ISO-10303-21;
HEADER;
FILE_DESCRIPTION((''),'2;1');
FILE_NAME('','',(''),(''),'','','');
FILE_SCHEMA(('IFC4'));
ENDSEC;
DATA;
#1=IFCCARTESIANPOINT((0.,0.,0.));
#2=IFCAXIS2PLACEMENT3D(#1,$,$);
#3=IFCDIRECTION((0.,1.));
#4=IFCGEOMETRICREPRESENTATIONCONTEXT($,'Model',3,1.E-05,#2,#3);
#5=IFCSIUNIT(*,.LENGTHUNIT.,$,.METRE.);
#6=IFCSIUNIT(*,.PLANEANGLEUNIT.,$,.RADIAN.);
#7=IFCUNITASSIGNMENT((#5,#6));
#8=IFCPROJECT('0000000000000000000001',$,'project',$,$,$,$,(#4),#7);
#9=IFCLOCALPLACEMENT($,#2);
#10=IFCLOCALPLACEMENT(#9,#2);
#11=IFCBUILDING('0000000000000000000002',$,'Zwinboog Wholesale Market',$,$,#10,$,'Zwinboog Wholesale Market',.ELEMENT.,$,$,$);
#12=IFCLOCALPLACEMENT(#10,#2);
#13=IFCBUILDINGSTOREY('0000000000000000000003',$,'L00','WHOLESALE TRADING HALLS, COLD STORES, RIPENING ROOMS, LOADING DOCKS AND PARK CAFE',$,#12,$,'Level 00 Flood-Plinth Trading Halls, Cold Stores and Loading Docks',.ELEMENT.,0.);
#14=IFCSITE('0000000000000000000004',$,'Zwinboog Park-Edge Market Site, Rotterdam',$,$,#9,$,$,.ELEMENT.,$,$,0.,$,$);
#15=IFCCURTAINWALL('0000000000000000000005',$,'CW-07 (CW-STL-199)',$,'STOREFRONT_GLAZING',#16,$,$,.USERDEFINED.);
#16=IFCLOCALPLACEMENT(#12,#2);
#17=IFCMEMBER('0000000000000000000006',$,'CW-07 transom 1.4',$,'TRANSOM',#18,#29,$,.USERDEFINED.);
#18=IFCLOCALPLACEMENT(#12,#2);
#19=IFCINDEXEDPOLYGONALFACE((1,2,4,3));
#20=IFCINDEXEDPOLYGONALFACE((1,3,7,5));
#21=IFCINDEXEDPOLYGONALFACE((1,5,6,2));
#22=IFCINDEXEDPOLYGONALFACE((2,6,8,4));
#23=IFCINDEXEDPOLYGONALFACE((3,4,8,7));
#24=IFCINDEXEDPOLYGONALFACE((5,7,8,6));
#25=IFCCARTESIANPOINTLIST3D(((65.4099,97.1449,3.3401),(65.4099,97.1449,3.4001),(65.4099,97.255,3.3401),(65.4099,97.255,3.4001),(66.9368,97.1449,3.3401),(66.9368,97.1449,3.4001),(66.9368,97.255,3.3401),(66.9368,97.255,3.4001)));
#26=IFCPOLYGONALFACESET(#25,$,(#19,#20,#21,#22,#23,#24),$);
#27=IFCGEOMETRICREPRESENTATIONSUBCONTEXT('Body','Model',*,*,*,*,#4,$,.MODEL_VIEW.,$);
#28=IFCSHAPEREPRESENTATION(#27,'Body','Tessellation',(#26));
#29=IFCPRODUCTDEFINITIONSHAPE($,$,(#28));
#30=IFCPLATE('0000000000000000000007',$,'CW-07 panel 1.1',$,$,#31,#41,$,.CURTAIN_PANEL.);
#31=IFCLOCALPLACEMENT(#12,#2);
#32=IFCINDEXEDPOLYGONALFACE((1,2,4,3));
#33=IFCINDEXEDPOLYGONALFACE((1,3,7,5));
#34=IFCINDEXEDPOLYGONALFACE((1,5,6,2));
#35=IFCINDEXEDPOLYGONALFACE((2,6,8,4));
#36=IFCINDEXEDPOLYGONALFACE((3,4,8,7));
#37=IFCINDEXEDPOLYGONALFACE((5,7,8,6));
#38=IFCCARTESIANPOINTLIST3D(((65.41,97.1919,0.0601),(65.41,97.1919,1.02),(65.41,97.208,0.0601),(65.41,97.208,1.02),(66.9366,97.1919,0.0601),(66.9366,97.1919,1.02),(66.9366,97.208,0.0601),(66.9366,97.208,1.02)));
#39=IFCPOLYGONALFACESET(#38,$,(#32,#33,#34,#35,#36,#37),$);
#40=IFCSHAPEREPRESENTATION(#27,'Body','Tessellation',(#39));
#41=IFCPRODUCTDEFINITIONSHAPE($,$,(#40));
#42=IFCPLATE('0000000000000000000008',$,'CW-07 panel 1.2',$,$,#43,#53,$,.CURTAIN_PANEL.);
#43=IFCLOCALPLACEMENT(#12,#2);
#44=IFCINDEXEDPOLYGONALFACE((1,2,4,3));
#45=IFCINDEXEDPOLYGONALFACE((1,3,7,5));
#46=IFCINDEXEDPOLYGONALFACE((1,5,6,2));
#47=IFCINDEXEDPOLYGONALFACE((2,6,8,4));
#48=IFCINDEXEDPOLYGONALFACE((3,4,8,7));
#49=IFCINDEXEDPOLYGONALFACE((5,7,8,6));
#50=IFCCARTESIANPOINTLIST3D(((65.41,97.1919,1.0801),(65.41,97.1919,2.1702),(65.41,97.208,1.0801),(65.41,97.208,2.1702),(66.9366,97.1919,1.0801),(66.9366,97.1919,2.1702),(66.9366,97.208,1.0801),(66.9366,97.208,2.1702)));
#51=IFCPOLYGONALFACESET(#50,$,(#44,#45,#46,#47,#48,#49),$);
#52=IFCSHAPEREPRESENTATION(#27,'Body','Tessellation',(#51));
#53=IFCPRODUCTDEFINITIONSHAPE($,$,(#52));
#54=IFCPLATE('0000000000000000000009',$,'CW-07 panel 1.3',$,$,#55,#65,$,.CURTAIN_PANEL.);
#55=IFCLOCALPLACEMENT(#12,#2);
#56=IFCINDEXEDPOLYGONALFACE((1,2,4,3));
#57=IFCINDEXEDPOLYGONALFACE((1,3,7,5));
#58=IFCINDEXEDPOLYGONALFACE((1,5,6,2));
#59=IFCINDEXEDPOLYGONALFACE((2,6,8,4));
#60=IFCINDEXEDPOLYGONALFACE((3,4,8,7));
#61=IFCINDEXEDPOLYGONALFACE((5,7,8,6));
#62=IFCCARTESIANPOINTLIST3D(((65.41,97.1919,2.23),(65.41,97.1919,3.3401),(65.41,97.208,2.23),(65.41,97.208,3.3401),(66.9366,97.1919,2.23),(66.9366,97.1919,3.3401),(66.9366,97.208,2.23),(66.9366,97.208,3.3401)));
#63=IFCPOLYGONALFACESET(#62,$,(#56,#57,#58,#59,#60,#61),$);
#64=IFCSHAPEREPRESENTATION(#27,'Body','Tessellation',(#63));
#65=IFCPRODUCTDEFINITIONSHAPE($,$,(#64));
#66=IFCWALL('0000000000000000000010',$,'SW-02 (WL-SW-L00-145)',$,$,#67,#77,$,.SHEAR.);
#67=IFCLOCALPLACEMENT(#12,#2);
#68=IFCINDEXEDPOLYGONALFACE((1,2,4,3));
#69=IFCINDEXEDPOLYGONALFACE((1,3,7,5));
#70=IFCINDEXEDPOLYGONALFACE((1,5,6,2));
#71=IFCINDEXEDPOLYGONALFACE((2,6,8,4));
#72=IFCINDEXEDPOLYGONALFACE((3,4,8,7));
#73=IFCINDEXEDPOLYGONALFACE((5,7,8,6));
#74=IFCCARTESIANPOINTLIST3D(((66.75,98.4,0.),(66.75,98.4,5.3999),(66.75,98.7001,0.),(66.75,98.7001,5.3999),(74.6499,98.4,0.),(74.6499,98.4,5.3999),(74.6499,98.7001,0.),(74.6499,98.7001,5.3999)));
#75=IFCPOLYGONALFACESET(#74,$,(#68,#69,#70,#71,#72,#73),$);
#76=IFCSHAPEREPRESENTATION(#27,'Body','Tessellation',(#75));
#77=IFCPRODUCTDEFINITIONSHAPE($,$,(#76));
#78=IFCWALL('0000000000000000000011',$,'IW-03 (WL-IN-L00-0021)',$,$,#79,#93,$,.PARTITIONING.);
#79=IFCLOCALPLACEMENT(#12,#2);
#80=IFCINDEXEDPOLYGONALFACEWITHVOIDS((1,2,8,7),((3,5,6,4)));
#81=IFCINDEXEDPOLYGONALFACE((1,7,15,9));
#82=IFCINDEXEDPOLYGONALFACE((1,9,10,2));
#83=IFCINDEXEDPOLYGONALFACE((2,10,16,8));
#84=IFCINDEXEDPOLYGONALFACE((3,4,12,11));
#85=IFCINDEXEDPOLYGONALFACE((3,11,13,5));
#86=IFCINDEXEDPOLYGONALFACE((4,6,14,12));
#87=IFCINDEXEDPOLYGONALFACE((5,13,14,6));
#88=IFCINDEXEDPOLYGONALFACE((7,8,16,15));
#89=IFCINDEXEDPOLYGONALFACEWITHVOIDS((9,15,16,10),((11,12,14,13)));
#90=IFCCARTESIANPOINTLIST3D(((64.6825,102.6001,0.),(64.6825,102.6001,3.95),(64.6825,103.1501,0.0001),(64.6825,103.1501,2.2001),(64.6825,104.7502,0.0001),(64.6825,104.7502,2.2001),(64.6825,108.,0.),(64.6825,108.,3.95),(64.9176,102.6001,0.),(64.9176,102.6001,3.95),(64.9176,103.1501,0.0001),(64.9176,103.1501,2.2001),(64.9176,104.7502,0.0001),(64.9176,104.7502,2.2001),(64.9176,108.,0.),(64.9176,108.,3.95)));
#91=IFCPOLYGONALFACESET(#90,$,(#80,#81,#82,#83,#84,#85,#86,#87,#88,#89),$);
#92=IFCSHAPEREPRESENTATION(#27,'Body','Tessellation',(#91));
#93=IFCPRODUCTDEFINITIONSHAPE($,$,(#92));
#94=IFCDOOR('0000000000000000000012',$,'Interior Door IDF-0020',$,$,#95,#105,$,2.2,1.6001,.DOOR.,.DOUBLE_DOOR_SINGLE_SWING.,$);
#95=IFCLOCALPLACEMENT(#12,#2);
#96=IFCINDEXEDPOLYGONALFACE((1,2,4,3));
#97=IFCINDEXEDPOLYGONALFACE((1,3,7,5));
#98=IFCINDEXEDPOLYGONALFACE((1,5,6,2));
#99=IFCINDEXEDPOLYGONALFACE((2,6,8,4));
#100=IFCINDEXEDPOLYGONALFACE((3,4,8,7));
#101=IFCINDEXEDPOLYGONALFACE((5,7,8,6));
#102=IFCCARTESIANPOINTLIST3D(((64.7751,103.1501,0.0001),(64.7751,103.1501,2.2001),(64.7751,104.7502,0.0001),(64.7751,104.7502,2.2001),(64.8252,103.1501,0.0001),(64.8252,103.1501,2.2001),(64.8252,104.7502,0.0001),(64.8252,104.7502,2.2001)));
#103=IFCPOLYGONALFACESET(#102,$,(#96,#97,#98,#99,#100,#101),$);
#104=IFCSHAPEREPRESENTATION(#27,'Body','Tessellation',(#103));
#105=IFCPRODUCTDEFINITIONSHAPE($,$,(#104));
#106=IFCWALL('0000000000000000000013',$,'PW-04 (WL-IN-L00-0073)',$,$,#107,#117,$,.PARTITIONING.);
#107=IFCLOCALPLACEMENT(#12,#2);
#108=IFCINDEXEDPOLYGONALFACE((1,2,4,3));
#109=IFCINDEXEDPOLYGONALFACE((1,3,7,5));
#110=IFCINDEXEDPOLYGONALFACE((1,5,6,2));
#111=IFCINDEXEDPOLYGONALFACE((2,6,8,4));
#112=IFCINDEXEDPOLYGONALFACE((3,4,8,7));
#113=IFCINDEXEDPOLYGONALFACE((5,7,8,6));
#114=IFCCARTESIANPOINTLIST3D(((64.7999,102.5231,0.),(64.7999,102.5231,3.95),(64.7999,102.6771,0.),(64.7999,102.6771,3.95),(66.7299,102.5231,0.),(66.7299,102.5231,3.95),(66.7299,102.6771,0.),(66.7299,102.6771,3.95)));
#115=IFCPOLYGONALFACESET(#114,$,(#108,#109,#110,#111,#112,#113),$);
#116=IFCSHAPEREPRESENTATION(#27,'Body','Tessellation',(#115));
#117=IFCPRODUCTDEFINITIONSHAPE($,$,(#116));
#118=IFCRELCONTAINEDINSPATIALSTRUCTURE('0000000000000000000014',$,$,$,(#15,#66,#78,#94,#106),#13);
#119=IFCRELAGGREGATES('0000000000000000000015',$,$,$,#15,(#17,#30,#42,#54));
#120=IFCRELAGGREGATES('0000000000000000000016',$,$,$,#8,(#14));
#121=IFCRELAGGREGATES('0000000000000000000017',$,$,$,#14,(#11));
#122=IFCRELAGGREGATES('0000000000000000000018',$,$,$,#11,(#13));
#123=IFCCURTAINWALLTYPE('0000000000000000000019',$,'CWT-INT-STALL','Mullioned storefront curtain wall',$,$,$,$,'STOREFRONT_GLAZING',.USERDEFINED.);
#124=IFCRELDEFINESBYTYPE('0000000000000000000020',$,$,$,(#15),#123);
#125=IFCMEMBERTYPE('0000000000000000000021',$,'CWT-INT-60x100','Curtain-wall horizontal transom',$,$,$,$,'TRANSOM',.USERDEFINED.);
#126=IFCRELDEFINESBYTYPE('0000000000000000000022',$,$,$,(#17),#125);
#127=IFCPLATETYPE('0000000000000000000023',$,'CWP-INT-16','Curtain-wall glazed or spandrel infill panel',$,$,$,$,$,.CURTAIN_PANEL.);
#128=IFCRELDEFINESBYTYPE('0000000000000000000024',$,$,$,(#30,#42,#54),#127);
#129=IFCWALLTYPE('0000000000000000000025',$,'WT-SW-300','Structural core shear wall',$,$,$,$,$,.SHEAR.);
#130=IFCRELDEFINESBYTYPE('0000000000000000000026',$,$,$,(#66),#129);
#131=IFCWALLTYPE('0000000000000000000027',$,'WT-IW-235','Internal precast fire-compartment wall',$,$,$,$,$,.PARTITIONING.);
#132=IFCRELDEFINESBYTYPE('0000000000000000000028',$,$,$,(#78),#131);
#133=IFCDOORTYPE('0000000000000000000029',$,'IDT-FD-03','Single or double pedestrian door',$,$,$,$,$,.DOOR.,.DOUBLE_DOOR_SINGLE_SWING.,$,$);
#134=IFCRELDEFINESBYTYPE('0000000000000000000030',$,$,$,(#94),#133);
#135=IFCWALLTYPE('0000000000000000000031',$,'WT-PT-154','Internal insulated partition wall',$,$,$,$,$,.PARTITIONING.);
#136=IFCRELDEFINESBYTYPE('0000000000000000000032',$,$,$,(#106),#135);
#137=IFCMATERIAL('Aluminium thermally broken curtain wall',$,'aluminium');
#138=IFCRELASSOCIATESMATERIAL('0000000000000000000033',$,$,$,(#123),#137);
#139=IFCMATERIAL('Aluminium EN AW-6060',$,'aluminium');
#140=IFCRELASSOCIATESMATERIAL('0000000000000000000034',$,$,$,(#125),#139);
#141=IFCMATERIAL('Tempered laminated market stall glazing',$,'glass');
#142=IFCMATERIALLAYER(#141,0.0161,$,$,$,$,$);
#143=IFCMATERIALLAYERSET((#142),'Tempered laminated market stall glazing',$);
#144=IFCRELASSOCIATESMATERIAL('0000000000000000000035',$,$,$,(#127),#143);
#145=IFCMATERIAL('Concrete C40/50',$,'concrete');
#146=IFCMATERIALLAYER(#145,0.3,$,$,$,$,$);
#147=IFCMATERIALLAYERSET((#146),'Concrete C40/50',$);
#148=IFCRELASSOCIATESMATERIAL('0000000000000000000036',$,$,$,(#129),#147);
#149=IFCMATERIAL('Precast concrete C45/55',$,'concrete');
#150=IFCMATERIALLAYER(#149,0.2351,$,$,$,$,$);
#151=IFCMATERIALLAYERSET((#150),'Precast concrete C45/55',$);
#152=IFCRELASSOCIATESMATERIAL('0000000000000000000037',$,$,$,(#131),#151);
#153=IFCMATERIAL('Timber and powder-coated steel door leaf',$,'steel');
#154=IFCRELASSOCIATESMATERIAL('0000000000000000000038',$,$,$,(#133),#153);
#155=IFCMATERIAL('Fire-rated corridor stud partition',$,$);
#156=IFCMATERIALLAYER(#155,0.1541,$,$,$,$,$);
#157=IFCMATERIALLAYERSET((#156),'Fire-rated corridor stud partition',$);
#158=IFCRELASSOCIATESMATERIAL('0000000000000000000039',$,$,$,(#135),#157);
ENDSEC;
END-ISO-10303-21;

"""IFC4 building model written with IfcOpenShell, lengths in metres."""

from ifc_helpers import new_model, si_unit, direction, frame, frame_2d, origin, origin_2d, place, context, subcontext, project, spatial, rectangle, extrude, material, layer, layer_set, material_profile, profile_set, type_object, element, fill, aggregate, save


model = new_model("IFC4")

# Units and contexts
model_context = context("Model", 3, precision=1e-05, world=origin(), true_north=direction((0.0, 1.0)))
body_context = subcontext(model_context, "Body", "Model", "MODEL_VIEW")
ifc_project = project(units=[si_unit("LENGTHUNIT", "METRE"), si_unit("PLANEANGLEUNIT", "RADIAN")], contexts=[model_context])

# Site, building, storey
site_placement = place(None, origin())
site = spatial("IfcSite", under=ifc_project, at=site_placement, Name="Zwinboog Park-Edge Market Site, Rotterdam", CompositionType="ELEMENT", RefElevation=0.0)
building_placement = place(site_placement, origin())
building = spatial("IfcBuilding", under=site, at=building_placement, Name="Zwinboog Wholesale Market", LongName="Zwinboog Wholesale Market", CompositionType="ELEMENT")
storey_placement = place(building_placement, origin())
storey = spatial("IfcBuildingStorey", under=building, at=storey_placement, Name="L00", Description="WHOLESALE TRADING HALLS, COLD STORES, RIPENING ROOMS, LOADING DOCKS AND PARK CAFE", LongName="Level 00 Flood-Plinth Trading Halls, Cold Stores and Loading Docks", CompositionType="ELEMENT", Elevation=0.0)

# Shared definitions
ifc_material_1 = material(Name="Concrete C40/50", Category="concrete")

# Shared definitions
ifc_material_2 = material(Name="Precast concrete C45/55", Category="concrete")

# Curtain wall, member, plates
ifc_material_3 = material(Name="Aluminium thermally broken curtain wall", Category="aluminium")
curtain_wall_type = type_object("IfcCurtainWallType", Name="CWT-INT-STALL", Description="Mullioned storefront curtain wall", ElementType="STOREFRONT_GLAZING", PredefinedType="USERDEFINED", material=ifc_material_3)
curtain_wall_placement = place(storey_placement, origin())
curtain_wall = element("IfcCurtainWall", 1, at=curtain_wall_placement, inside=storey, type_object=curtain_wall_type, Name="CW-07 (CW-STL-199)", ObjectType="STOREFRONT_GLAZING", PredefinedType="USERDEFINED")
ifc_material_4 = material(Name="Aluminium EN AW-6060", Category="aluminium")
ifc_material_profile_1 = material_profile(ifc_material_4, rectangle(XDim=0.1101, YDim=0.0601, at=origin_2d()), Name="AL 60x110")
ifc_profile_set_1 = profile_set([ifc_material_profile_1], Name="Aluminium EN AW-6060")
member_type_1 = type_object("IfcMemberType", Name="CWT-INT-60x100", Description="Curtain-wall horizontal transom", ElementType="TRANSOM", PredefinedType="USERDEFINED", material=ifc_profile_set_1)
member_1_placement = place(storey_placement, frame((65.4099, 97.2, 3.3701), z_axis=(1.0, 0.0, 0.0), x_axis=(0.0, 1.0, 0.0)))
member_1 = element("IfcMember", 2, at=member_1_placement, type_object=member_type_1, Name="CW-07 transom 1.4", ObjectType="TRANSOM", PredefinedType="USERDEFINED", context=body_context, shape_type="SweptSolid", body=[
    extrude(rectangle(XDim=0.1101, YDim=0.0601, at=origin_2d()), origin(), (0.0, 0.0, 1.0), 1.5269),
])
ifc_material_5 = material(Name="Tempered laminated market stall glazing", Category="glass")
ifc_layer_1 = layer(ifc_material_5, 0.0161)
ifc_layer_set_1 = layer_set([ifc_layer_1], Name="Tempered laminated market stall glazing")
plate_type = type_object("IfcPlateType", Name="CWP-INT-16", Description="Curtain-wall glazed or spandrel infill panel", PredefinedType="CURTAIN_PANEL", material=ifc_layer_set_1)
plate_1_placement = place(storey_placement, frame((66.1733, 97.2, 0.0601), z_axis=(0.0, 0.0, 1.0), x_axis=(1.0, 0.0, 0.0)))
plate_1 = element("IfcPlate", 3, at=plate_1_placement, type_object=plate_type, Name="CW-07 panel 1.1", PredefinedType="CURTAIN_PANEL", context=body_context, shape_type="SweptSolid", body=[
    extrude(rectangle(XDim=1.5266, YDim=0.0161, at=origin_2d()), origin(), (0.0, 0.0, 1.0), 0.96),
])
plate_2_placement = place(storey_placement, frame((66.1733, 97.2, 1.0801), z_axis=(0.0, 0.0, 1.0), x_axis=(1.0, 0.0, 0.0)))
plate_2 = element("IfcPlate", 4, at=plate_2_placement, type_object=plate_type, Name="CW-07 panel 1.2", PredefinedType="CURTAIN_PANEL", context=body_context, shape_type="SweptSolid", body=[
    extrude(rectangle(XDim=1.5266, YDim=0.0161, at=origin_2d()), origin(), (0.0, 0.0, 1.0), 1.0901),
])
plate_3_placement = place(storey_placement, frame((66.1733, 97.2, 2.23), z_axis=(0.0, 0.0, 1.0), x_axis=(1.0, 0.0, 0.0)))
plate_3 = element("IfcPlate", 5, at=plate_3_placement, type_object=plate_type, Name="CW-07 panel 1.3", PredefinedType="CURTAIN_PANEL", context=body_context, shape_type="SweptSolid", body=[
    extrude(rectangle(XDim=1.5266, YDim=0.0161, at=origin_2d()), origin(), (0.0, 0.0, 1.0), 1.1101),
])
aggregate(curtain_wall, [member_1, plate_1, plate_2, plate_3])

# Wall
ifc_layer_2 = layer(ifc_material_1, 0.3)
ifc_layer_set_2 = layer_set([ifc_layer_2], Name="Concrete C40/50")
wall_type_1 = type_object("IfcWallType", Name="WT-SW-300", Description="Structural core shear wall", PredefinedType="SHEAR", material=ifc_layer_set_2)
wall_1_placement = place(storey_placement, frame((66.75, 98.55, 0.0), z_axis=(0.0, 0.0, 1.0), x_axis=(1.0, 0.0, 0.0)))
element("IfcWall", 6, at=wall_1_placement, inside=storey, type_object=wall_type_1, Name="SW-02 (WL-SW-L00-145)", PredefinedType="SHEAR", context=body_context, shape_type="SweptSolid", body=[
    extrude(rectangle(XDim=7.8999, YDim=0.3, at=frame_2d((3.95, 0.0))), origin(), (0.0, 0.0, 1.0), 5.3999),
])

# Wall, opening, door
ifc_layer_3 = layer(ifc_material_2, 0.2351)
ifc_layer_set_3 = layer_set([ifc_layer_3], Name="Precast concrete C45/55")
wall_type_2 = type_object("IfcWallType", Name="WT-IW-235", Description="Internal precast fire-compartment wall", PredefinedType="PARTITIONING", material=ifc_layer_set_3)
wall_2_placement = place(storey_placement, frame((64.8, 102.6001, 0.0), z_axis=(0.0, 0.0, 1.0), x_axis=(0.0, 1.0, 0.0)))
wall_2 = element("IfcWall", 7, at=wall_2_placement, inside=storey, type_object=wall_type_2, Name="IW-03 (WL-IN-L00-0021)", PredefinedType="PARTITIONING", context=body_context, shape_type="SweptSolid", body=[
    extrude(rectangle(XDim=5.3999, YDim=0.2351, at=frame_2d((2.7, 0.0))), origin(), (0.0, 0.0, 1.0), 3.95),
])
opening_placement = place(wall_2_placement, frame((0.55, 0.0, 0.0)))
opening = element("IfcOpeningElement", 8, at=opening_placement, cuts=wall_2, PredefinedType="OPENING", context=body_context, shape_type="SweptSolid", body=[
    extrude(rectangle(XDim=1.6001, YDim=2.2, at=frame_2d((0.8, 1.1001))), frame((0.0, 0.1274, 0.0), z_axis=(0.0, -1.0, 0.0), x_axis=(1.0, 0.0, 0.0)), (0.0, 0.0, 1.0), 0.2551),
])
ifc_material_6 = material(Name="Timber and powder-coated steel door leaf", Category="steel")
door_type = type_object("IfcDoorType", Name="IDT-FD-03", Description="Single or double pedestrian door", OperationType="DOUBLE_DOOR_SINGLE_SWING", PredefinedType="DOOR", material=ifc_material_6)
door_placement = place(opening_placement, origin())
door = element("IfcDoor", 9, at=door_placement, inside=storey, type_object=door_type, Name="Interior Door IDF-0020", OperationType="DOUBLE_DOOR_SINGLE_SWING", OverallHeight=2.2, OverallWidth=1.6001, PredefinedType="DOOR", context=body_context, shape_type="SweptSolid", body=[
    extrude(rectangle(XDim=1.6001, YDim=2.2, at=frame_2d((0.8, 1.1001))), frame((0.0, 0.0249, 0.0), z_axis=(0.0, -1.0, 0.0), x_axis=(1.0, 0.0, 0.0)), (0.0, 0.0, 1.0), 0.05),
])
fill(opening, door)

# Wall
ifc_material_7 = material(Name="Fire-rated corridor stud partition")
ifc_layer_4 = layer(ifc_material_7, 0.1541)
ifc_layer_set_4 = layer_set([ifc_layer_4], Name="Fire-rated corridor stud partition")
wall_type_3 = type_object("IfcWallType", Name="WT-PT-154", Description="Internal insulated partition wall", PredefinedType="PARTITIONING", material=ifc_layer_set_4)
wall_3_placement = place(storey_placement, frame((64.8, 102.6001, 0.0), z_axis=(0.0, 0.0, 1.0), x_axis=(1.0, 0.0, 0.0)))
element("IfcWall", 10, at=wall_3_placement, inside=storey, type_object=wall_type_3, Name="PW-04 (WL-IN-L00-0073)", PredefinedType="PARTITIONING", context=body_context, shape_type="SweptSolid", body=[
    extrude(rectangle(XDim=1.9299, YDim=0.1541, at=frame_2d((0.9648, 0.0))), origin(), (0.0, 0.0, 1.0), 3.95),
])

save(model, "model.ifc")
